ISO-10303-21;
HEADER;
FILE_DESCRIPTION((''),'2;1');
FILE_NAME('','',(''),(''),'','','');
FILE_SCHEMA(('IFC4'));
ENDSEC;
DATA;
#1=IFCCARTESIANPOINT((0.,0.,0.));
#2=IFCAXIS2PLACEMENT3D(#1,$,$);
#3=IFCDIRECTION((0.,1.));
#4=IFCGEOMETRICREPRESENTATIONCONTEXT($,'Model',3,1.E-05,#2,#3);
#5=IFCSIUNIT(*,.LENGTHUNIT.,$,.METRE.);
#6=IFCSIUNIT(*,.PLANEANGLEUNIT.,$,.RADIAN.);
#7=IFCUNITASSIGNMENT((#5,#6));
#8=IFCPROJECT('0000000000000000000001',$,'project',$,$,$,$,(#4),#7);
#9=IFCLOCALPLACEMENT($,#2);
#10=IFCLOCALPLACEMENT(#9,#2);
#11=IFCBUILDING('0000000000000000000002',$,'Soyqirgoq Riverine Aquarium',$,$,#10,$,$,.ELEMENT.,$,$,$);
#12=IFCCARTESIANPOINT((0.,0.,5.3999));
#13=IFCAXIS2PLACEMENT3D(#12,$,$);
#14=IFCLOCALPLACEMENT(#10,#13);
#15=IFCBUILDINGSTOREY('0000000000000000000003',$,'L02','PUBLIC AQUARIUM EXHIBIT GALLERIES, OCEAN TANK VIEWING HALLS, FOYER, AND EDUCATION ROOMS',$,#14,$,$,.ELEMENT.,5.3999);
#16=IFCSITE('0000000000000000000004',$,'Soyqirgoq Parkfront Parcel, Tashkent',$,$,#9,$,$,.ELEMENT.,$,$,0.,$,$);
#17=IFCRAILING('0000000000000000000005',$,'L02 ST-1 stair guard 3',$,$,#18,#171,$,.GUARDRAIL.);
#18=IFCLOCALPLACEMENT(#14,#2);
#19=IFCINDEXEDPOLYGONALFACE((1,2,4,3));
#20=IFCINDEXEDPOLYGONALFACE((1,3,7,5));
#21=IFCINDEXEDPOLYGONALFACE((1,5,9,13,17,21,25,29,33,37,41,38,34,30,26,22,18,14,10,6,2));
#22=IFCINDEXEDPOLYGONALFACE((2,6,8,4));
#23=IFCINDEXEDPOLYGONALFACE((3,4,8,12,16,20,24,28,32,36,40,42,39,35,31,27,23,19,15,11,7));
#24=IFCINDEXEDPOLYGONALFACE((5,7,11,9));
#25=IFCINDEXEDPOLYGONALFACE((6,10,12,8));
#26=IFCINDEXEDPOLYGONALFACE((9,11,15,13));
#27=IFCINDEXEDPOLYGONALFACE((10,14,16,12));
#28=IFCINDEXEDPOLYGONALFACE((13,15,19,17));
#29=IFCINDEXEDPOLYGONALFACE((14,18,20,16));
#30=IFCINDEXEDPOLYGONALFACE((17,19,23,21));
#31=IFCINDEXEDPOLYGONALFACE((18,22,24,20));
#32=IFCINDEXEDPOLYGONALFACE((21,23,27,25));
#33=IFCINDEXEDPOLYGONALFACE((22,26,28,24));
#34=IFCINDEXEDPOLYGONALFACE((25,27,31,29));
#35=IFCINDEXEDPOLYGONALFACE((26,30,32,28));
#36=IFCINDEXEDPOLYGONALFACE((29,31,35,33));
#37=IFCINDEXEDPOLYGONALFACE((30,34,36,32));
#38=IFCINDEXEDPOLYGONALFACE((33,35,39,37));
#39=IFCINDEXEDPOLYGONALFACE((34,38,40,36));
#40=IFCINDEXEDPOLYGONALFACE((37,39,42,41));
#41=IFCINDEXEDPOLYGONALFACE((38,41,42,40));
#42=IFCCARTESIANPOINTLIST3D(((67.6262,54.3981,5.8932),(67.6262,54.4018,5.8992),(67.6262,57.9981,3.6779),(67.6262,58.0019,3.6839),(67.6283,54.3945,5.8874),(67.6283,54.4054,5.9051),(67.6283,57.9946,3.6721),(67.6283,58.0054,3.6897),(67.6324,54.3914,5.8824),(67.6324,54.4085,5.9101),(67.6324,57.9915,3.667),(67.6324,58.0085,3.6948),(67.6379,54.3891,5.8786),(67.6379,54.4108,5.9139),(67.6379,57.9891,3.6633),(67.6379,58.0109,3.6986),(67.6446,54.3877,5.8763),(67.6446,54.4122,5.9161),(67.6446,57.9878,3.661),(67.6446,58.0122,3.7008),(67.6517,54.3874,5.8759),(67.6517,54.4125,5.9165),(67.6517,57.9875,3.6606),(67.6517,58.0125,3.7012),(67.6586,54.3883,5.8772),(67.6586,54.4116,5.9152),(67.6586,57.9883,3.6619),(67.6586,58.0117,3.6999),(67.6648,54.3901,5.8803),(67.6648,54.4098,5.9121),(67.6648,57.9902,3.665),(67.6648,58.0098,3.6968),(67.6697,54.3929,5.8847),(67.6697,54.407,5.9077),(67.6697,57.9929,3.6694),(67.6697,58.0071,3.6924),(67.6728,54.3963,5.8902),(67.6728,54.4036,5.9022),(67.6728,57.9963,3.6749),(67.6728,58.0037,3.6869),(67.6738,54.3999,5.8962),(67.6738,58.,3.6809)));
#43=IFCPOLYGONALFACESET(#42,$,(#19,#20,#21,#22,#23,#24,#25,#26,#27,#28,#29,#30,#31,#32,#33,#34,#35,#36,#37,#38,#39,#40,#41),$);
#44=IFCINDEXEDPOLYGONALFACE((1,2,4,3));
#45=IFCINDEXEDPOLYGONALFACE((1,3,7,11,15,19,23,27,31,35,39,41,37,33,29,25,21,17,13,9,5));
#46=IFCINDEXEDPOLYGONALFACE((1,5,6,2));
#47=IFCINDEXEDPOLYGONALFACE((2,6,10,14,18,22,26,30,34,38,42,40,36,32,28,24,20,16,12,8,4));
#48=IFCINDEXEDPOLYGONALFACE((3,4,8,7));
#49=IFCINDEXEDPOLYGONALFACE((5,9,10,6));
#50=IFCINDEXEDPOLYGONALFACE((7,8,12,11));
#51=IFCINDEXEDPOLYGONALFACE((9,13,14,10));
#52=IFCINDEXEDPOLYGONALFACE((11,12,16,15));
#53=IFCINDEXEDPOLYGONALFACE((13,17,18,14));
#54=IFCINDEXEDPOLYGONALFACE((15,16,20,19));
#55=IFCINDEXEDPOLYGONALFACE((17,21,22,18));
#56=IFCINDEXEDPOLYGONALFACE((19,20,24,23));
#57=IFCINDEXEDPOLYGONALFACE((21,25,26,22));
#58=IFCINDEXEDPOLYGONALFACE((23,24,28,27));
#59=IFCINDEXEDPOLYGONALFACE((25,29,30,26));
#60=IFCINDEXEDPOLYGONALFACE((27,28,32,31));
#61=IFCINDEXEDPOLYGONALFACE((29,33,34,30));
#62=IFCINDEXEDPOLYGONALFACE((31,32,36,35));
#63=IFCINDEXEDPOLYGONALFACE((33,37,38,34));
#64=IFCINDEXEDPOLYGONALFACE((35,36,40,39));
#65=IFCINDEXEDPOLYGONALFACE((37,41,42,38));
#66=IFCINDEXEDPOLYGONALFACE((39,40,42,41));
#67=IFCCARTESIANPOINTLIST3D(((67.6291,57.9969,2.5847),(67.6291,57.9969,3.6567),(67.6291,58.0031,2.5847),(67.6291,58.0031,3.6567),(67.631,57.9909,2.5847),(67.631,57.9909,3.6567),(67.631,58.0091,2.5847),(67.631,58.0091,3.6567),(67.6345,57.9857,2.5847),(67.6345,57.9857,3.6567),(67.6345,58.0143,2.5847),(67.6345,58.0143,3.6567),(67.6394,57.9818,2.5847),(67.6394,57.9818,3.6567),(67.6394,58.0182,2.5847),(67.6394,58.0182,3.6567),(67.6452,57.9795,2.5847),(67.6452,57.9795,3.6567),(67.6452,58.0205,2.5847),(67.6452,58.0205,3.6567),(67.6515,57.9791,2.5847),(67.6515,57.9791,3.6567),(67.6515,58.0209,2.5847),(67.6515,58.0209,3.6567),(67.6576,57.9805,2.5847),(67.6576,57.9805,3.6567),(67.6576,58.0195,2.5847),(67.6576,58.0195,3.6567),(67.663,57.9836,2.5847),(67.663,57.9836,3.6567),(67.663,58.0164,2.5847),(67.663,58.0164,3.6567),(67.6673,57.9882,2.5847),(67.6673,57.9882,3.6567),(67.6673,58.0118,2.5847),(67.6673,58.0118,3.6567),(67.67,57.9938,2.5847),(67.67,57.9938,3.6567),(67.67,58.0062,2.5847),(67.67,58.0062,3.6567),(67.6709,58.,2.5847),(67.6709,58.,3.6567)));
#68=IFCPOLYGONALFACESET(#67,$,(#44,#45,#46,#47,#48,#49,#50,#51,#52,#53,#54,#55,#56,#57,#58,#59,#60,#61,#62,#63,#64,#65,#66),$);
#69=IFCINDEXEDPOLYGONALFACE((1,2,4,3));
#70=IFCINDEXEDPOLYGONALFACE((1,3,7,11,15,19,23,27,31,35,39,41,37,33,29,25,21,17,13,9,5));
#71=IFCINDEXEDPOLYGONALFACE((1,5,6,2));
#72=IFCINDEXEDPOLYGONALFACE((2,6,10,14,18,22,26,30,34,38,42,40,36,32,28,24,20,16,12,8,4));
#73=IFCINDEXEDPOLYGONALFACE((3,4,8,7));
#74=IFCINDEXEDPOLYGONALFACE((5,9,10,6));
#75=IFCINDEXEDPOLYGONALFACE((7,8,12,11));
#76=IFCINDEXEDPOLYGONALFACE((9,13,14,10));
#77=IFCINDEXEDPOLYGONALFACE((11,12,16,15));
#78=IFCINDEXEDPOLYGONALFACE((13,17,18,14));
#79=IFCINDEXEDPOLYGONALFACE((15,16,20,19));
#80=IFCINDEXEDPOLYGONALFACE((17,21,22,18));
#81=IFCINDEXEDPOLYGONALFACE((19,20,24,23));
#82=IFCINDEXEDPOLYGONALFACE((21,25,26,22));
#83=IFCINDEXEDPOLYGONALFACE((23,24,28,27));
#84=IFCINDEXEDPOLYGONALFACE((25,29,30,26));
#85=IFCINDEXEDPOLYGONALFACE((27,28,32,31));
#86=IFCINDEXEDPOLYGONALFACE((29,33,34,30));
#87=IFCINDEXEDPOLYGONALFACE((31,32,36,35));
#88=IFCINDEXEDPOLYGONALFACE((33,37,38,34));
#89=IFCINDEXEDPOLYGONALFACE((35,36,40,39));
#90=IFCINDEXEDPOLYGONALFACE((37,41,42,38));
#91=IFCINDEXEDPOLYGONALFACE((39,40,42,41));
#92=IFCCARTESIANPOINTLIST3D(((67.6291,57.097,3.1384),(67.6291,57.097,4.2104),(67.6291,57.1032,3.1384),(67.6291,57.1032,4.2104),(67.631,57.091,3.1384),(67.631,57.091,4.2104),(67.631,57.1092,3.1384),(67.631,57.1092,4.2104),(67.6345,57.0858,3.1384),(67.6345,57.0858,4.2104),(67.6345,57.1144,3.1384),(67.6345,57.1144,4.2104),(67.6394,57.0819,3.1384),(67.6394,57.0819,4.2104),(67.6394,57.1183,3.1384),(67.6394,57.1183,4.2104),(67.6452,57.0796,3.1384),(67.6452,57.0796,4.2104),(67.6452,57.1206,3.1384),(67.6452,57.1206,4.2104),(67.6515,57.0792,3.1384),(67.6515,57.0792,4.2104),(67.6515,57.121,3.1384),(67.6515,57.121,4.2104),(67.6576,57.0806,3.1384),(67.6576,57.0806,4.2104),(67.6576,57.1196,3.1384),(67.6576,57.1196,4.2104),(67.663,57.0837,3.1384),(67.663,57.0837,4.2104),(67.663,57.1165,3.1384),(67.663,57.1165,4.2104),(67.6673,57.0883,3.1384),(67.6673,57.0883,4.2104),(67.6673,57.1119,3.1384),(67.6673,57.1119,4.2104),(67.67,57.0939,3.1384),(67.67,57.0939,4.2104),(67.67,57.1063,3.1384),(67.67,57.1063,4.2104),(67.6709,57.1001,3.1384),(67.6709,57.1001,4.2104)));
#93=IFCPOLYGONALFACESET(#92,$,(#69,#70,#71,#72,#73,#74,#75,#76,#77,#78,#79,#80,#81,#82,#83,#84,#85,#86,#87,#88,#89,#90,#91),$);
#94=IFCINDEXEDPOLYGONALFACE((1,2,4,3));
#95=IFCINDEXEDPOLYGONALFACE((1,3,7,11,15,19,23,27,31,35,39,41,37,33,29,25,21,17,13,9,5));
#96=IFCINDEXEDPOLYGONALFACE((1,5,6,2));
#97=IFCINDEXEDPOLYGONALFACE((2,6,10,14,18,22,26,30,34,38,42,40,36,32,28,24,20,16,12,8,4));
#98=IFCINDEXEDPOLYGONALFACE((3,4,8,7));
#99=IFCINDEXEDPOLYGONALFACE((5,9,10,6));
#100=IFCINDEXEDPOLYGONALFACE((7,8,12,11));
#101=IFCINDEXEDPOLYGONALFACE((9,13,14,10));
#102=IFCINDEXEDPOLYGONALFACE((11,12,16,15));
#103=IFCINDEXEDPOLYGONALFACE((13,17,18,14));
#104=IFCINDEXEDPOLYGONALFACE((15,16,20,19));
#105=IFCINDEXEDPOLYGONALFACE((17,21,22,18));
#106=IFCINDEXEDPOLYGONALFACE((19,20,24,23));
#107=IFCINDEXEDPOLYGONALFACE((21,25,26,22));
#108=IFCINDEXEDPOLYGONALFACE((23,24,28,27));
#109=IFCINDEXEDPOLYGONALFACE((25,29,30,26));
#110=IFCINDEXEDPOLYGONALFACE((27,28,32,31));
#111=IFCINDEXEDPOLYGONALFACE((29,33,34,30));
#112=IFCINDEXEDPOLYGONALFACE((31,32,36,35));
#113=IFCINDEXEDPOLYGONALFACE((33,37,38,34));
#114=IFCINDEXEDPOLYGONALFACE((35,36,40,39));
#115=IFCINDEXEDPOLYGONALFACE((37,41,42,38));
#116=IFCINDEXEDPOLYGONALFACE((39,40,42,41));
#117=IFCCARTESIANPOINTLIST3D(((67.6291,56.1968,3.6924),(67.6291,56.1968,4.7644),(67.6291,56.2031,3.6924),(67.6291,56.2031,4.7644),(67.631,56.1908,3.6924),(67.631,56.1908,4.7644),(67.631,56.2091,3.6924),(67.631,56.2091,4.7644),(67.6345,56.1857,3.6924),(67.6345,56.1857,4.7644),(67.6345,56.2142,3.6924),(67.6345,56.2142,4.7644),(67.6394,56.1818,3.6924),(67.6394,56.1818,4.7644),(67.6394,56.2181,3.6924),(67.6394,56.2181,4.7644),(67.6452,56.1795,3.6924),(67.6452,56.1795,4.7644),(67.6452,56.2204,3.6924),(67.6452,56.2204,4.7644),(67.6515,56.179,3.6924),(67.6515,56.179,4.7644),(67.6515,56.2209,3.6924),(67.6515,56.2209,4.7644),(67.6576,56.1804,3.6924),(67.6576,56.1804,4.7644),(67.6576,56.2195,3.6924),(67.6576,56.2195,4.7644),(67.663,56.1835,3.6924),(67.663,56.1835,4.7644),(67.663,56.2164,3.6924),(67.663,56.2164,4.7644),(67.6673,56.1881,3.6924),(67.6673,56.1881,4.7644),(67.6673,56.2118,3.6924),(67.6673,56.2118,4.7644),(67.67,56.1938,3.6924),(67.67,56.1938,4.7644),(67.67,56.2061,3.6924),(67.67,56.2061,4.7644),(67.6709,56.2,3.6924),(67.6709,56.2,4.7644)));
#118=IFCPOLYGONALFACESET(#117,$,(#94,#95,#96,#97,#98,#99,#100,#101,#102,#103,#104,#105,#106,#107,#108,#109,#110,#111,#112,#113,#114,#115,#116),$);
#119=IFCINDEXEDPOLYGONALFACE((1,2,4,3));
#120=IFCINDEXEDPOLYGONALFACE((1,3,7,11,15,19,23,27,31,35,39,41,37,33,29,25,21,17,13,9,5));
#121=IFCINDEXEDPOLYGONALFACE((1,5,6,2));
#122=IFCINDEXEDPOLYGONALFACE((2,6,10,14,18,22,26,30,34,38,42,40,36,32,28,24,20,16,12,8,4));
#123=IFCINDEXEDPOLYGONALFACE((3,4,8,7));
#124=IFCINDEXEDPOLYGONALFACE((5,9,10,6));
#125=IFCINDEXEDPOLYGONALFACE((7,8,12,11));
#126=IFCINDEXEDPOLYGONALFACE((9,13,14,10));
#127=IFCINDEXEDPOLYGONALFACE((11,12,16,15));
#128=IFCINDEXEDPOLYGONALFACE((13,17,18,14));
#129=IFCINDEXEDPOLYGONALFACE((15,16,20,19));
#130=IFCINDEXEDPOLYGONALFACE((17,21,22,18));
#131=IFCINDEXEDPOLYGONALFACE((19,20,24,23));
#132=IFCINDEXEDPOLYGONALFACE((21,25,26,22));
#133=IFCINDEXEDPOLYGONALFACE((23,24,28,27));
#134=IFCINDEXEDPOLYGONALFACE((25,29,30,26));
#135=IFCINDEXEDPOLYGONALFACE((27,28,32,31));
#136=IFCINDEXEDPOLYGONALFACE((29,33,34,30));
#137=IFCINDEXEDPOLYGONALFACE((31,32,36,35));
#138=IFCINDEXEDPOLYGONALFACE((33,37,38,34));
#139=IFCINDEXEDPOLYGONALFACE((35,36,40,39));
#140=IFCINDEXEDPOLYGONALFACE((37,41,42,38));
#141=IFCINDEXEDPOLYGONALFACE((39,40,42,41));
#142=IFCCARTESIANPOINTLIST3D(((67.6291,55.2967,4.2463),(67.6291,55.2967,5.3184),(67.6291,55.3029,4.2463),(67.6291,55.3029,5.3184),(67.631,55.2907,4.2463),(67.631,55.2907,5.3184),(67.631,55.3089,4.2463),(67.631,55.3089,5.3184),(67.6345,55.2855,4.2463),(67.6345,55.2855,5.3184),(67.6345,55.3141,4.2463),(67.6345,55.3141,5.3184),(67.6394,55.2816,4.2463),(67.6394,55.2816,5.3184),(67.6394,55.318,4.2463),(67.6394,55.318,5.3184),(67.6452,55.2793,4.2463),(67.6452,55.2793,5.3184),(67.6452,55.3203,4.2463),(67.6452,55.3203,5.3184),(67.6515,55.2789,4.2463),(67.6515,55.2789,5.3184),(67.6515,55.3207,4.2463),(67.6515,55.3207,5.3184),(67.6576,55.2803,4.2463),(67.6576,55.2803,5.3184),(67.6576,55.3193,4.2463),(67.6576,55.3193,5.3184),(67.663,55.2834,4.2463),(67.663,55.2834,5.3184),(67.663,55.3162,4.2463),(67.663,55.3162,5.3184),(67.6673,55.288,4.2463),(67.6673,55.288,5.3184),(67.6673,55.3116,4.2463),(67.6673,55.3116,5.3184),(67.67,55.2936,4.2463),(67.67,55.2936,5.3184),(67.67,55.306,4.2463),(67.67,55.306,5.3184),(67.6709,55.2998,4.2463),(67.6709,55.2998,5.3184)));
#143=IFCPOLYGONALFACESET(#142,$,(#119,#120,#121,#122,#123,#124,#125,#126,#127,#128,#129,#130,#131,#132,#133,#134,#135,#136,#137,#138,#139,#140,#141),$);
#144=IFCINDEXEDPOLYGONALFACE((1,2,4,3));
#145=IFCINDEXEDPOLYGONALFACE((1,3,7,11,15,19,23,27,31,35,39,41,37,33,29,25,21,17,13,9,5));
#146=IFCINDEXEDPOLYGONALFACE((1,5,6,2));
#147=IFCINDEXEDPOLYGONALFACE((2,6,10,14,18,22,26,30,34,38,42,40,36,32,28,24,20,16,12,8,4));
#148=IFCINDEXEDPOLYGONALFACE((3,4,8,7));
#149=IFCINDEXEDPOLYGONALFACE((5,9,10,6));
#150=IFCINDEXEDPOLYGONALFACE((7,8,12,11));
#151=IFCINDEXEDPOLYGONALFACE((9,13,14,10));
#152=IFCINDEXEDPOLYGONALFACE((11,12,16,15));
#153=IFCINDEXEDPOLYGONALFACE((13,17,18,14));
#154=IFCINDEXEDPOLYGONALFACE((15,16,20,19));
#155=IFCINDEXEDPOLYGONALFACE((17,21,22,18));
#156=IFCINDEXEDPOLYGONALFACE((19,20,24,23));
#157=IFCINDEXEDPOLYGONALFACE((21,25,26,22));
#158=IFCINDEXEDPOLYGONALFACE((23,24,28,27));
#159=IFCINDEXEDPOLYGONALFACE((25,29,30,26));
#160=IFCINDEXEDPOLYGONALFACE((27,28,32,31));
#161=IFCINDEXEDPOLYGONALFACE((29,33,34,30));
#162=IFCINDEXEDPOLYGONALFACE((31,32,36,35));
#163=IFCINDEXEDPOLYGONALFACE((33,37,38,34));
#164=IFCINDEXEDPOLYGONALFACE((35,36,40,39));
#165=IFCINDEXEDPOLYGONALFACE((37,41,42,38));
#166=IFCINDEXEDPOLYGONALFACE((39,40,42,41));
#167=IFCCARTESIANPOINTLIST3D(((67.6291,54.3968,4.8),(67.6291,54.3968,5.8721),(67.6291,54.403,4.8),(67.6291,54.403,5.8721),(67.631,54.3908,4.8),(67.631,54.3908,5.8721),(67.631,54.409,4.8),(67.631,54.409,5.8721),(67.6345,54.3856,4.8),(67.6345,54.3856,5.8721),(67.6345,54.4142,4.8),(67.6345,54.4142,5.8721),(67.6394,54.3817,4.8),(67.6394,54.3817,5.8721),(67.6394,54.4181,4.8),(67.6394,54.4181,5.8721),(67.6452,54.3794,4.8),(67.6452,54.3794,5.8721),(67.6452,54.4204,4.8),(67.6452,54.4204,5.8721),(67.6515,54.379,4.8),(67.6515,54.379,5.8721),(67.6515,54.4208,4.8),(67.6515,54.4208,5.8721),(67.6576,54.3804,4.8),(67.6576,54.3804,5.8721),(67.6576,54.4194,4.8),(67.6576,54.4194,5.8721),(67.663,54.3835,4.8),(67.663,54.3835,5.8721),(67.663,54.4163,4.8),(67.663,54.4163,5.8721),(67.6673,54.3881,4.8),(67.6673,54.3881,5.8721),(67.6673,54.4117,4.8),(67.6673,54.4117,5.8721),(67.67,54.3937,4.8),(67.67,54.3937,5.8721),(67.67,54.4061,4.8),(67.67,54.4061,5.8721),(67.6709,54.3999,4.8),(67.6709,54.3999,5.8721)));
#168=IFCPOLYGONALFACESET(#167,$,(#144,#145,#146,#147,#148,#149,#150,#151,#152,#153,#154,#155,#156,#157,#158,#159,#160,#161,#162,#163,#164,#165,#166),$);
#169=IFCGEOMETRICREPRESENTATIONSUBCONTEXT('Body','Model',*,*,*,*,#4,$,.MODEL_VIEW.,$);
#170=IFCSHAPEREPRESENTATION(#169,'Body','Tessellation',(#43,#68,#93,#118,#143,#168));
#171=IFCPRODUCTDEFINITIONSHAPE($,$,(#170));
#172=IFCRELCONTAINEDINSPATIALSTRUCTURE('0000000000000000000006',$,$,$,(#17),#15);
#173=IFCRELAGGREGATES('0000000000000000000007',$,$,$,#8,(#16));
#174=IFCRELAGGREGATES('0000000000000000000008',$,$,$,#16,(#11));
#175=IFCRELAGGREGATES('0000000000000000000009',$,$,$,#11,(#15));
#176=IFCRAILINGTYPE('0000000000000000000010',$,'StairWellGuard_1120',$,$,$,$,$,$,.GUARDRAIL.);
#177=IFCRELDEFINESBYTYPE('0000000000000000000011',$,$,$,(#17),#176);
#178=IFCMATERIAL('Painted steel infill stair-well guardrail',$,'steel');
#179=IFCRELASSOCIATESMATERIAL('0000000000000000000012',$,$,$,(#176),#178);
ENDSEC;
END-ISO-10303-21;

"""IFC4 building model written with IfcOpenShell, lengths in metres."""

from ifc_helpers import new_model, si_unit, direction, frame, origin, origin_2d, place, context, subcontext, project, spatial, circle, extrude, material, type_object, element, save


model = new_model("IFC4")

# Units and contexts
model_context = context("Model", 3, precision=1e-05, world=origin(), true_north=direction((0.0, 1.0)))
body_context = subcontext(model_context, "Body", "Model", "MODEL_VIEW")
ifc_project = project(units=[si_unit("LENGTHUNIT", "METRE"), si_unit("PLANEANGLEUNIT", "RADIAN")], contexts=[model_context])

# Site, building, storey
site_placement = place(None, origin())
site = spatial("IfcSite", under=ifc_project, at=site_placement, Name="Soyqirgoq Parkfront Parcel, Tashkent", CompositionType="ELEMENT", RefElevation=0.0)
building_placement = place(site_placement, origin())
building = spatial("IfcBuilding", under=site, at=building_placement, Name="Soyqirgoq Riverine Aquarium", CompositionType="ELEMENT")
storey_placement = place(building_placement, frame((0.0, 0.0, 5.3999)))
storey = spatial("IfcBuildingStorey", under=building, at=storey_placement, Name="L02", Description="PUBLIC AQUARIUM EXHIBIT GALLERIES, OCEAN TANK VIEWING HALLS, FOYER, AND EDUCATION ROOMS", CompositionType="ELEMENT", Elevation=5.3999)

# Railing
ifc_material_1 = material(Name="Painted steel infill stair-well guardrail", Category="steel")
railing_type_1 = type_object("IfcRailingType", Name="StairWellGuard_1120", PredefinedType="GUARDRAIL", material=ifc_material_1)
railing_1_placement = place(storey_placement, frame((67.6499, 58.0, 2.5847)))
element("IfcRailing", 1, at=railing_1_placement, inside=storey, type_object=railing_type_1, Name="L02 ST-1 stair guard 3", PredefinedType="GUARDRAIL", context=body_context, shape_type="SweptSolid", body=[
    extrude(circle(Radius=0.0239, at=origin_2d()), frame((0.0, 0.0, 1.0962), z_axis=(0.0, -0.85167, 0.524078), x_axis=(1.0, 0.0, 0.0)), (0.0, 0.0, 1.0), 4.2271),
    extrude(circle(Radius=0.021, at=origin_2d()), origin(), (0.0, 0.0, 1.0), 1.072),
    extrude(circle(Radius=0.021, at=origin_2d()), frame((0.0, -0.8999, 0.5537)), (0.0, 0.0, 1.0), 1.072),
    extrude(circle(Radius=0.021, at=origin_2d()), frame((0.0, -1.8, 1.1077)), (0.0, 0.0, 1.0), 1.072),
    extrude(circle(Radius=0.021, at=origin_2d()), frame((0.0, -2.7002, 1.6616)), (0.0, 0.0, 1.0), 1.072),
    extrude(circle(Radius=0.021, at=origin_2d()), frame((0.0, -3.6001, 2.2153)), (0.0, 0.0, 1.0), 1.072),
])

save(model, "model.ifc")
